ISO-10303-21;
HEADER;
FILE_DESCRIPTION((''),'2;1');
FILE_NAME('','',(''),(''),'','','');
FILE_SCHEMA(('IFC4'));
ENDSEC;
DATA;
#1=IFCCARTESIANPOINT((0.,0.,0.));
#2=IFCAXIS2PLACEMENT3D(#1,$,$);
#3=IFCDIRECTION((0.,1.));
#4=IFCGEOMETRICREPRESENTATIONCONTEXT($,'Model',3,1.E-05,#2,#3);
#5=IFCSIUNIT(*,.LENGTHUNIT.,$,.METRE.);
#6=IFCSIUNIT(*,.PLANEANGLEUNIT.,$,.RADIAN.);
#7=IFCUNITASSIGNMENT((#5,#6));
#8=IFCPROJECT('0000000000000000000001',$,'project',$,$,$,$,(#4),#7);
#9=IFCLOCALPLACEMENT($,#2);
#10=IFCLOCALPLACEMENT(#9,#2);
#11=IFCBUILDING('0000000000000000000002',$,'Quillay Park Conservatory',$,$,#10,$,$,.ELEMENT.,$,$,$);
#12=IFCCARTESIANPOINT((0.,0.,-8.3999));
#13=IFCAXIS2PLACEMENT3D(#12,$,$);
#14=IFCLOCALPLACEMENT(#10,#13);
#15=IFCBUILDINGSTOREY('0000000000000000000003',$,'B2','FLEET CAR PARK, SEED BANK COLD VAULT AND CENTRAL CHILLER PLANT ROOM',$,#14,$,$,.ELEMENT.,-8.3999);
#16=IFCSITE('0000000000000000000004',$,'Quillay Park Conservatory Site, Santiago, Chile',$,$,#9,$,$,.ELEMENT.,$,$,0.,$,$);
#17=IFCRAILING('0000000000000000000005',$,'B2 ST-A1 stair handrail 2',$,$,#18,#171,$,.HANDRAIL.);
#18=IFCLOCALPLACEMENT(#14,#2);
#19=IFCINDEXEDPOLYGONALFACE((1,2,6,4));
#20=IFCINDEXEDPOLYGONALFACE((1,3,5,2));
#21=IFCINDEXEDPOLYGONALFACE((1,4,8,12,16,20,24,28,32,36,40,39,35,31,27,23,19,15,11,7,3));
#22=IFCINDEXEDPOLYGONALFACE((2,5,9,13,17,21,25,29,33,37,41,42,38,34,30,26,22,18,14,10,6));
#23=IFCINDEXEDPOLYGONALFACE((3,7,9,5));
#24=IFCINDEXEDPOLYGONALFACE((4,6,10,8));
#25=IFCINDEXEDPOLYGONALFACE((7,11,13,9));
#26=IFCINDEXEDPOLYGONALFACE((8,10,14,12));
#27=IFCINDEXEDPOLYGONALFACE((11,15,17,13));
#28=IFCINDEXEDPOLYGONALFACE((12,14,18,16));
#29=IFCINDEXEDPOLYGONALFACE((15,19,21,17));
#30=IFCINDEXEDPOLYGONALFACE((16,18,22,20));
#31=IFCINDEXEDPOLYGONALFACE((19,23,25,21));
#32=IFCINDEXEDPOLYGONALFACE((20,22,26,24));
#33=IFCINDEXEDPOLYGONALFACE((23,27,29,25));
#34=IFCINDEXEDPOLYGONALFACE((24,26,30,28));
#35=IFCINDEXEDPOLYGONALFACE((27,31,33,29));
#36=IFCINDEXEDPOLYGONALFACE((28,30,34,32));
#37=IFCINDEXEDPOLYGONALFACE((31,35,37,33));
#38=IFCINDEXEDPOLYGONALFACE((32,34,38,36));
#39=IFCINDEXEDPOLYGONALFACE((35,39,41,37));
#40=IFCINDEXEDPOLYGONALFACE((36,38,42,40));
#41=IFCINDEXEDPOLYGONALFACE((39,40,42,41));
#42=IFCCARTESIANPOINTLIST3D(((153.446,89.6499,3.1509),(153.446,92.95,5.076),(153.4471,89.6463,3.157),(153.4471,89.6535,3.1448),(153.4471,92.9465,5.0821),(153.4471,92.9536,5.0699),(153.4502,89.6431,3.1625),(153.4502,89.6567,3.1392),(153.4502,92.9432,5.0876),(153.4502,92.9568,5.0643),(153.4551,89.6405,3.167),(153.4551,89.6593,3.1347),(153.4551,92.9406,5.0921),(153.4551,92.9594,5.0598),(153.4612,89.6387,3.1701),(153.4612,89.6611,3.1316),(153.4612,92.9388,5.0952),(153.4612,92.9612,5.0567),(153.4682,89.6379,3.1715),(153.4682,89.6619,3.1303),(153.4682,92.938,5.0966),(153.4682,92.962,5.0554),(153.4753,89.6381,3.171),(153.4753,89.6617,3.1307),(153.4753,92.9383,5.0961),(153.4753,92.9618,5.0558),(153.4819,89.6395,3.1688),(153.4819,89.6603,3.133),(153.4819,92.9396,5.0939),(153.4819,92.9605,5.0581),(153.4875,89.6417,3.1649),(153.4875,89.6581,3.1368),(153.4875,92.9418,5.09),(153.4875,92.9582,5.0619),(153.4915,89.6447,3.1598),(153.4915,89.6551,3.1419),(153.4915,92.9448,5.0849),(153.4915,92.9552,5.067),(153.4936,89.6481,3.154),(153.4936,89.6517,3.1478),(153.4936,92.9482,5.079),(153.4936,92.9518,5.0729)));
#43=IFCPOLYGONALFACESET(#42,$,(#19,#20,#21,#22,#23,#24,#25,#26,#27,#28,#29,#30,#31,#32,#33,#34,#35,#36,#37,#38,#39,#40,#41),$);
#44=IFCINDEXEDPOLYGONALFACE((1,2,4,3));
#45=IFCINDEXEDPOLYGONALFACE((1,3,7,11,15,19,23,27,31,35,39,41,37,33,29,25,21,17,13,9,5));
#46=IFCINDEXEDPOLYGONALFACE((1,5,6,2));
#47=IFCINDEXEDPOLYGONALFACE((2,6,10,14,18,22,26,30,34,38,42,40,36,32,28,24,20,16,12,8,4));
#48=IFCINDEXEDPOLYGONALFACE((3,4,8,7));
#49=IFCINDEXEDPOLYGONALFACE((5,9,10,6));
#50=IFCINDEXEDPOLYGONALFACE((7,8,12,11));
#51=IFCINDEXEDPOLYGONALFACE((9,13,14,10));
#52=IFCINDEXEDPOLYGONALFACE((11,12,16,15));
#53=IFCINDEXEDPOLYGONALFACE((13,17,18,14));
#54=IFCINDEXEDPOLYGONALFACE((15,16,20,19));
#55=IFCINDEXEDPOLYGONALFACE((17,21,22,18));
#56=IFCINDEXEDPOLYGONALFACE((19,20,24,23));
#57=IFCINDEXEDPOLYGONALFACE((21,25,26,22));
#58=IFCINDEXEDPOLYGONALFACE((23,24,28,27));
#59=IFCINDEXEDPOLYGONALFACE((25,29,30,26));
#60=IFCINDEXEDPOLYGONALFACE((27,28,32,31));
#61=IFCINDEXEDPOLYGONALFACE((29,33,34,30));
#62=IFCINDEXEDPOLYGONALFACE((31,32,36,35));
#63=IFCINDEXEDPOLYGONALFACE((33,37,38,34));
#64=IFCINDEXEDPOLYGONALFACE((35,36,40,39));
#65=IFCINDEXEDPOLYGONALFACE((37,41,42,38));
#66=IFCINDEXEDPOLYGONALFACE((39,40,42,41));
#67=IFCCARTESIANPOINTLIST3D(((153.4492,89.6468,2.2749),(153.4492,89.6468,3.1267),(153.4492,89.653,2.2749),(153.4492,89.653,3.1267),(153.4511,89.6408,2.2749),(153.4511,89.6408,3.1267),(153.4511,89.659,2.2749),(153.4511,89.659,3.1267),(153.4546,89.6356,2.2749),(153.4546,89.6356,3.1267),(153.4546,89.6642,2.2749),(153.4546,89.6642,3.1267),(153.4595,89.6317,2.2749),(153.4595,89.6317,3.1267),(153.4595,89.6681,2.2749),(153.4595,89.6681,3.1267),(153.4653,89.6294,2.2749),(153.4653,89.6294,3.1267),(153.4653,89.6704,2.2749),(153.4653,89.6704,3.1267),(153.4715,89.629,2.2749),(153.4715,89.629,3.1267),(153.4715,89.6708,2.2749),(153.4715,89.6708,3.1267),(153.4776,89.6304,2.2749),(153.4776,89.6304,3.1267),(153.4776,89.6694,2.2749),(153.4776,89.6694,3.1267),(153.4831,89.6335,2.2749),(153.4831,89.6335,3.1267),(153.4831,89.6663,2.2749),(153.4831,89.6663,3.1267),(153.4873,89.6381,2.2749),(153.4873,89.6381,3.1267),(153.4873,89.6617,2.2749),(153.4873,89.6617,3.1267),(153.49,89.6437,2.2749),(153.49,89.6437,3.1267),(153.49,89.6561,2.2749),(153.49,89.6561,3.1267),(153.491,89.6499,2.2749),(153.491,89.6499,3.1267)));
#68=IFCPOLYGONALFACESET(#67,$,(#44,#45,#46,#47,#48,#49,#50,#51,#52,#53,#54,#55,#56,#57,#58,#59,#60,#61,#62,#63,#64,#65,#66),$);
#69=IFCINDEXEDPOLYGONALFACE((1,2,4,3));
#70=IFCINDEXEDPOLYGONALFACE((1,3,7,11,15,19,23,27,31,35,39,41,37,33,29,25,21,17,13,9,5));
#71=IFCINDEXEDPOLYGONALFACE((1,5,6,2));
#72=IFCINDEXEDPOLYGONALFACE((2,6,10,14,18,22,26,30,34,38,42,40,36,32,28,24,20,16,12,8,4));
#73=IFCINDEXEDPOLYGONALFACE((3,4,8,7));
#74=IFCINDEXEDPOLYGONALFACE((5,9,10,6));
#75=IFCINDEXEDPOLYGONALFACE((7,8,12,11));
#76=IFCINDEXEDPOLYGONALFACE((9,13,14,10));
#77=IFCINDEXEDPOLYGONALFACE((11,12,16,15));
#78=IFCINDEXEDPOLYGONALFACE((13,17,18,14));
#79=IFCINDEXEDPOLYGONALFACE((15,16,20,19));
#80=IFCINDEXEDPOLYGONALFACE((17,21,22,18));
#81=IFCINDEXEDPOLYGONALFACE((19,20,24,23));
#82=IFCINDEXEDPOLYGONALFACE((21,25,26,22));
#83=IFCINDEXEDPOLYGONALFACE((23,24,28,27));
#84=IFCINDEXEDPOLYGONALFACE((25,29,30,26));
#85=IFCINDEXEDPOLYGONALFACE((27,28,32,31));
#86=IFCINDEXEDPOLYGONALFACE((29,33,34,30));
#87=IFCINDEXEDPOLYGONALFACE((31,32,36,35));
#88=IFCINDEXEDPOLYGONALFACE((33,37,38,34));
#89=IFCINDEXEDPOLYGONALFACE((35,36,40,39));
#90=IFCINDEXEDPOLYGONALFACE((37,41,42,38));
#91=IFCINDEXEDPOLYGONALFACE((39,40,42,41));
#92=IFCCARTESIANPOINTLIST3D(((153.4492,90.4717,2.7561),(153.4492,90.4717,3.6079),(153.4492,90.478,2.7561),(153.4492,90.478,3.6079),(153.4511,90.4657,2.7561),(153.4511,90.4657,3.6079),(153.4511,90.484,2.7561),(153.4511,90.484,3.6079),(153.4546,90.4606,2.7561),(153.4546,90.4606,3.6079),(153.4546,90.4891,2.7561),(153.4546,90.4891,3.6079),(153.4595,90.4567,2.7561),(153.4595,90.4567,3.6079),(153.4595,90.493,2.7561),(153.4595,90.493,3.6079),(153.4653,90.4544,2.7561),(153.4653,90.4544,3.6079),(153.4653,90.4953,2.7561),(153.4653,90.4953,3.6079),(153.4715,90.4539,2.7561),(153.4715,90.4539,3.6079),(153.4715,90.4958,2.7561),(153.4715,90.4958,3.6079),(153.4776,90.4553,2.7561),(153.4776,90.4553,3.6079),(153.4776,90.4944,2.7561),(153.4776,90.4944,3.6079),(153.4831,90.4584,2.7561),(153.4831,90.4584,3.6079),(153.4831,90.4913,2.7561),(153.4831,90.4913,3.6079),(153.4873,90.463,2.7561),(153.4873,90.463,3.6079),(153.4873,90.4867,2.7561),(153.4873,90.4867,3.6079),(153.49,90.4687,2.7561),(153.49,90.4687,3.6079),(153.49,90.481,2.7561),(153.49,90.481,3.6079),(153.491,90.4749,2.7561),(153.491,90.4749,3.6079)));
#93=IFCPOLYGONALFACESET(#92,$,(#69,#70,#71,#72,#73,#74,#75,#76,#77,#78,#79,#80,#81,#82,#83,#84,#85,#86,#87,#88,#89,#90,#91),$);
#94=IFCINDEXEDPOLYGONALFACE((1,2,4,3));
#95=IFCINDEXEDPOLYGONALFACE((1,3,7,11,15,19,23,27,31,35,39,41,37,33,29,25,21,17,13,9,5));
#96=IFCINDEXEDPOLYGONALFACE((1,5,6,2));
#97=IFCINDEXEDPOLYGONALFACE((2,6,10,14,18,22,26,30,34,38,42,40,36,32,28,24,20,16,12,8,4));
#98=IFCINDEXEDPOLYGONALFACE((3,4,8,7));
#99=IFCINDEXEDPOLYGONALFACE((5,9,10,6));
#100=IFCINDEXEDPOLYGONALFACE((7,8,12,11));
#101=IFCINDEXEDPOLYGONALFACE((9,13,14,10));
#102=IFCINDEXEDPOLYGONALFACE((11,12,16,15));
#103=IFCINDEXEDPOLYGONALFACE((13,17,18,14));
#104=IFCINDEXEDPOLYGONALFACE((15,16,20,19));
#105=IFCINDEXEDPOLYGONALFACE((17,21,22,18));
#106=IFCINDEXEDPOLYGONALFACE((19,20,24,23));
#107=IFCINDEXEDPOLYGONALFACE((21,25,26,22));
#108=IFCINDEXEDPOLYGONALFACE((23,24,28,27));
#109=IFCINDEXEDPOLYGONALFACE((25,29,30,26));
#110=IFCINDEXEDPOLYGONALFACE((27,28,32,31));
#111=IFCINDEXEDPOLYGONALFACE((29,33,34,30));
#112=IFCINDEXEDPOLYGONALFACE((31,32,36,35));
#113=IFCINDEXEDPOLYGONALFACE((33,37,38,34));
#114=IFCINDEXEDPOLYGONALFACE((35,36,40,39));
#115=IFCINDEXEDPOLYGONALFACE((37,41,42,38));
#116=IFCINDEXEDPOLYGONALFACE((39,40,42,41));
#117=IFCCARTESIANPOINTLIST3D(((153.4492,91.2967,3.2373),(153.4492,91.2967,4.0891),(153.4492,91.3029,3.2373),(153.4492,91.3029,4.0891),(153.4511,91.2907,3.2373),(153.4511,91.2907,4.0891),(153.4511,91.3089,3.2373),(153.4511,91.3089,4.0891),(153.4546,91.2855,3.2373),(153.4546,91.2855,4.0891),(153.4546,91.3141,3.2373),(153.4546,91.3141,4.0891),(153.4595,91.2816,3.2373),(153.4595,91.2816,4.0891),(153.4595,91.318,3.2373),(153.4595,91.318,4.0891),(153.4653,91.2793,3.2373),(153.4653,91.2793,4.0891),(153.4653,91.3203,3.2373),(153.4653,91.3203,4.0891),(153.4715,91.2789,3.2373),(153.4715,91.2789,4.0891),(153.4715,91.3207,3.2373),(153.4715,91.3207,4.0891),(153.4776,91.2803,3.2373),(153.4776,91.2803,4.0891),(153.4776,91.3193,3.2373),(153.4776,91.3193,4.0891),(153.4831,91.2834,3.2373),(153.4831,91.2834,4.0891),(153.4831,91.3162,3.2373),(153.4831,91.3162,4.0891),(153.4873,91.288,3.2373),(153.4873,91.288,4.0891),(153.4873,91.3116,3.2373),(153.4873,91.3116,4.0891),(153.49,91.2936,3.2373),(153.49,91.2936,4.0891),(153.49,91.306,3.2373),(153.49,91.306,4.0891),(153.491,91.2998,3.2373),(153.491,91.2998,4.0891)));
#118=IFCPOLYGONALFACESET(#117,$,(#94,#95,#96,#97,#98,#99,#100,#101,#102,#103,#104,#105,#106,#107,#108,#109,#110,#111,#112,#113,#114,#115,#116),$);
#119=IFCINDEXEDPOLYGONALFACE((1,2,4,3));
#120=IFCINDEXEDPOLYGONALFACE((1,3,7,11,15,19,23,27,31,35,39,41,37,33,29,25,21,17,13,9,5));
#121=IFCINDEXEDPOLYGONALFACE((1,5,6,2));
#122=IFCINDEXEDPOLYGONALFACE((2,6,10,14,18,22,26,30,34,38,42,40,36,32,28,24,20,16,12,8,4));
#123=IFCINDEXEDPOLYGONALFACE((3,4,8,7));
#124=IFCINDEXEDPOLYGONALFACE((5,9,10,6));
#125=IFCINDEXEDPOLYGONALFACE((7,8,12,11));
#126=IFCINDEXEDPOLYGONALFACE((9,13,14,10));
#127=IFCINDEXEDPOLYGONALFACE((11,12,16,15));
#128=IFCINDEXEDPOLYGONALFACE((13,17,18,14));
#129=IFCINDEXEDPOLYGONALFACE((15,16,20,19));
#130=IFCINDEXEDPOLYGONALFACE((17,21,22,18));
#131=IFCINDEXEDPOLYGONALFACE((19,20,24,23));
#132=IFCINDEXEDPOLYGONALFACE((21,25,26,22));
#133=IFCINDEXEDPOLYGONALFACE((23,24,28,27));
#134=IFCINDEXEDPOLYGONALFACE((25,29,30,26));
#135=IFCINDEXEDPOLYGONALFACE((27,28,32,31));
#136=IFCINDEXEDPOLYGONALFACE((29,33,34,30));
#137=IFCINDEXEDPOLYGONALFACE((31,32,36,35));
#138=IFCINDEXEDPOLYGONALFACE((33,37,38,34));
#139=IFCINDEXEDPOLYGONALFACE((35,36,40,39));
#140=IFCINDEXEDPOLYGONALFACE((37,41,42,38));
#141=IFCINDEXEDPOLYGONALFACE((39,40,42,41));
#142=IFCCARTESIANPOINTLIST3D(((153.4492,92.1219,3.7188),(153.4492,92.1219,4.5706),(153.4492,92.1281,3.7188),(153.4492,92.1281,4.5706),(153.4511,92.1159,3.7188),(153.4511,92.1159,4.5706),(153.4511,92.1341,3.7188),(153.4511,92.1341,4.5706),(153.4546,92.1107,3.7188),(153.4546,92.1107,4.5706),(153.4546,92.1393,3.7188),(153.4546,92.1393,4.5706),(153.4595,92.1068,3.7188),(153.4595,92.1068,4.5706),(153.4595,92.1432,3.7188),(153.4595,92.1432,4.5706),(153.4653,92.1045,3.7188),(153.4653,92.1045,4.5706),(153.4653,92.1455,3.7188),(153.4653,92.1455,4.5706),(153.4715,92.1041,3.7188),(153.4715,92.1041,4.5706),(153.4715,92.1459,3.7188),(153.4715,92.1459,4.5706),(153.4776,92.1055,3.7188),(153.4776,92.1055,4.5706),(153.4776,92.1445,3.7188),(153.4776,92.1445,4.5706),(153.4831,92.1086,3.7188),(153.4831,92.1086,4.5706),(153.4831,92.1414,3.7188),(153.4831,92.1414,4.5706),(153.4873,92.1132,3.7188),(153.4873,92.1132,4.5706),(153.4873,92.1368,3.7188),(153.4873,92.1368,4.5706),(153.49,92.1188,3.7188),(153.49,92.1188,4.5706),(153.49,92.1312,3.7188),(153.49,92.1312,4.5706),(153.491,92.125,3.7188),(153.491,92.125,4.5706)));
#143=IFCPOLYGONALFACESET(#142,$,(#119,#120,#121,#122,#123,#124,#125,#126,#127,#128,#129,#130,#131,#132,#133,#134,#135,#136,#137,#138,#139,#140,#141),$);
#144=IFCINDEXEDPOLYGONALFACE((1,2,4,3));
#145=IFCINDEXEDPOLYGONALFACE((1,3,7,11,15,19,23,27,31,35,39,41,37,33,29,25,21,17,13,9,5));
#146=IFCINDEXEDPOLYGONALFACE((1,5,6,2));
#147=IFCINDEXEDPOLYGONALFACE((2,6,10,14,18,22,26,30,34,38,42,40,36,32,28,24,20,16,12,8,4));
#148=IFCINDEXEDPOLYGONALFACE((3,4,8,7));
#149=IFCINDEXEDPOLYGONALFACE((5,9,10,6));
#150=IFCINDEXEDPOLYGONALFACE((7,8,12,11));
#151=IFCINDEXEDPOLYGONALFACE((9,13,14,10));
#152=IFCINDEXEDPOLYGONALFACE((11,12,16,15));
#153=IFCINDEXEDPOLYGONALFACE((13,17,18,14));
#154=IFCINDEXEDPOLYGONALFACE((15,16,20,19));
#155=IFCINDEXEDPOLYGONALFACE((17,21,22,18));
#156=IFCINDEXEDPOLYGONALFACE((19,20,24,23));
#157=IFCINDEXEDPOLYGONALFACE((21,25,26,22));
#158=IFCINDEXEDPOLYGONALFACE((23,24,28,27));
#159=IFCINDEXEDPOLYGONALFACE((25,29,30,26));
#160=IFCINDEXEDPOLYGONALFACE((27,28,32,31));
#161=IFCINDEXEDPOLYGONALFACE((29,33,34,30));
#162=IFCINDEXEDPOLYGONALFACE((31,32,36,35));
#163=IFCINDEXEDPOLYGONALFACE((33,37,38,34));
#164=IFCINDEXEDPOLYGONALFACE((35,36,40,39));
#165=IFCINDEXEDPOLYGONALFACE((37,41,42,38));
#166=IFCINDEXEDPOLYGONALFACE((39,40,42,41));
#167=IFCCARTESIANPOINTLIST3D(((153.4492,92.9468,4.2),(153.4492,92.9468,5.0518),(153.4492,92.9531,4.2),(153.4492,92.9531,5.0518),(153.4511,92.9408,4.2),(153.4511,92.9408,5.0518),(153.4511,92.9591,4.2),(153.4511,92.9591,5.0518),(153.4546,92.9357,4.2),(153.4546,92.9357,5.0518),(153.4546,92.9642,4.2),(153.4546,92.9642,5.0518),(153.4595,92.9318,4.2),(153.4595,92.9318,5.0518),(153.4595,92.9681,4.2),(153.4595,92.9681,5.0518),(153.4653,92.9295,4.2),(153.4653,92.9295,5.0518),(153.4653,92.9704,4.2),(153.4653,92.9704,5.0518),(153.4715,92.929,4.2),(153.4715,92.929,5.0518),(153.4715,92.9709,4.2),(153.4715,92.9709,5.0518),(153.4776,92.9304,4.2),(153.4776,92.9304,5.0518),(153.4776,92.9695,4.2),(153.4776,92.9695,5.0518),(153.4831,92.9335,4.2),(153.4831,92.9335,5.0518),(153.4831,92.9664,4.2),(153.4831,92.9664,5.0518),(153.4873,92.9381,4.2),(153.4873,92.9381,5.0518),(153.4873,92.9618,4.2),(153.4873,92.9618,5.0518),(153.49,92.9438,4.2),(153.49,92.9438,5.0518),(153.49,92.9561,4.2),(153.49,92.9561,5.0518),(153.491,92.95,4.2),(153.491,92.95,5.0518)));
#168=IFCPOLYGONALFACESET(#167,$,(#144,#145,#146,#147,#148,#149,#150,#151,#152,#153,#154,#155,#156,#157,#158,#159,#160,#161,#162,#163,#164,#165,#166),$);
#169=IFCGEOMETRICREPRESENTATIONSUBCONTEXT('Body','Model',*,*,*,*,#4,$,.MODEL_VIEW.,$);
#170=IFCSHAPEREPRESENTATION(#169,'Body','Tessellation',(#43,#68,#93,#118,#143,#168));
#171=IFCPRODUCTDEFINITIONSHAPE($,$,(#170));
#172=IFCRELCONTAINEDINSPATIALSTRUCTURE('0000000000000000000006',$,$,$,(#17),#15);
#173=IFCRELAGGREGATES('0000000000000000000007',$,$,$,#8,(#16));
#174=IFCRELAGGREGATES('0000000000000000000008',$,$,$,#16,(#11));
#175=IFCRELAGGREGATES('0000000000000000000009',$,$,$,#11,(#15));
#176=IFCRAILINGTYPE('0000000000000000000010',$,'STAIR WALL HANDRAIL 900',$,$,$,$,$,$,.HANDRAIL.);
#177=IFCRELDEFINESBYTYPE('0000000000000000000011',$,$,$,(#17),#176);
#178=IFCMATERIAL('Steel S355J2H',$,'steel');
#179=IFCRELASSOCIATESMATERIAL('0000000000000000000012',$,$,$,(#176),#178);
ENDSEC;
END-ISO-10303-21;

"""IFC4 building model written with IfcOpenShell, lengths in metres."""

from ifc_helpers import new_model, si_unit, direction, frame, origin, origin_2d, place, context, subcontext, project, spatial, circle, extrude, material, type_object, element, save


model = new_model("IFC4")

# Units and contexts
model_context = context("Model", 3, precision=1e-05, world=origin(), true_north=direction((0.0, 1.0)))
body_context = subcontext(model_context, "Body", "Model", "MODEL_VIEW")
ifc_project = project(units=[si_unit("LENGTHUNIT", "METRE"), si_unit("PLANEANGLEUNIT", "RADIAN")], contexts=[model_context])

# Site, building, storey
site_placement = place(None, origin())
site = spatial("IfcSite", under=ifc_project, at=site_placement, Name="Quillay Park Conservatory Site, Santiago, Chile", CompositionType="ELEMENT", RefElevation=0.0)
building_placement = place(site_placement, origin())
building = spatial("IfcBuilding", under=site, at=building_placement, Name="Quillay Park Conservatory", CompositionType="ELEMENT")
storey_placement = place(building_placement, frame((0.0, 0.0, -8.3999)))
storey = spatial("IfcBuildingStorey", under=building, at=storey_placement, Name="B2", Description="FLEET CAR PARK, SEED BANK COLD VAULT AND CENTRAL CHILLER PLANT ROOM", CompositionType="ELEMENT", Elevation=-8.3999)

# Railing
ifc_material_1 = material(Name="Steel S355J2H", Category="steel")
railing_type_1 = type_object("IfcRailingType", Name="STAIR WALL HANDRAIL 900", PredefinedType="HANDRAIL", material=ifc_material_1)
railing_1_placement = place(storey_placement, frame((153.47, 89.6499, 2.2749)))
element("IfcRailing", 1, at=railing_1_placement, inside=storey, type_object=railing_type_1, Name="B2 ST-A1 stair handrail 2", PredefinedType="HANDRAIL", context=body_context, shape_type="SweptSolid", body=[
    extrude(circle(Radius=0.0239, at=origin_2d()), frame((0.0, 0.0, 0.876), z_axis=(0.0, 0.863777, 0.503875), x_axis=(-1.0, 0.0, 0.0)), (0.0, 0.0, 1.0), 3.8206),
    extrude(circle(Radius=0.021, at=origin_2d()), origin(), (0.0, 0.0, 1.0), 0.8518),
    extrude(circle(Radius=0.021, at=origin_2d()), frame((0.0, 0.825, 0.4812)), (0.0, 0.0, 1.0), 0.8518),
    extrude(circle(Radius=0.021, at=origin_2d()), frame((0.0, 1.6499, 0.9624)), (0.0, 0.0, 1.0), 0.8518),
    extrude(circle(Radius=0.021, at=origin_2d()), frame((0.0, 2.4751, 1.4438)), (0.0, 0.0, 1.0), 0.8518),
    extrude(circle(Radius=0.021, at=origin_2d()), frame((0.0, 3.3, 1.925)), (0.0, 0.0, 1.0), 0.8518),
])

save(model, "model.ifc")
